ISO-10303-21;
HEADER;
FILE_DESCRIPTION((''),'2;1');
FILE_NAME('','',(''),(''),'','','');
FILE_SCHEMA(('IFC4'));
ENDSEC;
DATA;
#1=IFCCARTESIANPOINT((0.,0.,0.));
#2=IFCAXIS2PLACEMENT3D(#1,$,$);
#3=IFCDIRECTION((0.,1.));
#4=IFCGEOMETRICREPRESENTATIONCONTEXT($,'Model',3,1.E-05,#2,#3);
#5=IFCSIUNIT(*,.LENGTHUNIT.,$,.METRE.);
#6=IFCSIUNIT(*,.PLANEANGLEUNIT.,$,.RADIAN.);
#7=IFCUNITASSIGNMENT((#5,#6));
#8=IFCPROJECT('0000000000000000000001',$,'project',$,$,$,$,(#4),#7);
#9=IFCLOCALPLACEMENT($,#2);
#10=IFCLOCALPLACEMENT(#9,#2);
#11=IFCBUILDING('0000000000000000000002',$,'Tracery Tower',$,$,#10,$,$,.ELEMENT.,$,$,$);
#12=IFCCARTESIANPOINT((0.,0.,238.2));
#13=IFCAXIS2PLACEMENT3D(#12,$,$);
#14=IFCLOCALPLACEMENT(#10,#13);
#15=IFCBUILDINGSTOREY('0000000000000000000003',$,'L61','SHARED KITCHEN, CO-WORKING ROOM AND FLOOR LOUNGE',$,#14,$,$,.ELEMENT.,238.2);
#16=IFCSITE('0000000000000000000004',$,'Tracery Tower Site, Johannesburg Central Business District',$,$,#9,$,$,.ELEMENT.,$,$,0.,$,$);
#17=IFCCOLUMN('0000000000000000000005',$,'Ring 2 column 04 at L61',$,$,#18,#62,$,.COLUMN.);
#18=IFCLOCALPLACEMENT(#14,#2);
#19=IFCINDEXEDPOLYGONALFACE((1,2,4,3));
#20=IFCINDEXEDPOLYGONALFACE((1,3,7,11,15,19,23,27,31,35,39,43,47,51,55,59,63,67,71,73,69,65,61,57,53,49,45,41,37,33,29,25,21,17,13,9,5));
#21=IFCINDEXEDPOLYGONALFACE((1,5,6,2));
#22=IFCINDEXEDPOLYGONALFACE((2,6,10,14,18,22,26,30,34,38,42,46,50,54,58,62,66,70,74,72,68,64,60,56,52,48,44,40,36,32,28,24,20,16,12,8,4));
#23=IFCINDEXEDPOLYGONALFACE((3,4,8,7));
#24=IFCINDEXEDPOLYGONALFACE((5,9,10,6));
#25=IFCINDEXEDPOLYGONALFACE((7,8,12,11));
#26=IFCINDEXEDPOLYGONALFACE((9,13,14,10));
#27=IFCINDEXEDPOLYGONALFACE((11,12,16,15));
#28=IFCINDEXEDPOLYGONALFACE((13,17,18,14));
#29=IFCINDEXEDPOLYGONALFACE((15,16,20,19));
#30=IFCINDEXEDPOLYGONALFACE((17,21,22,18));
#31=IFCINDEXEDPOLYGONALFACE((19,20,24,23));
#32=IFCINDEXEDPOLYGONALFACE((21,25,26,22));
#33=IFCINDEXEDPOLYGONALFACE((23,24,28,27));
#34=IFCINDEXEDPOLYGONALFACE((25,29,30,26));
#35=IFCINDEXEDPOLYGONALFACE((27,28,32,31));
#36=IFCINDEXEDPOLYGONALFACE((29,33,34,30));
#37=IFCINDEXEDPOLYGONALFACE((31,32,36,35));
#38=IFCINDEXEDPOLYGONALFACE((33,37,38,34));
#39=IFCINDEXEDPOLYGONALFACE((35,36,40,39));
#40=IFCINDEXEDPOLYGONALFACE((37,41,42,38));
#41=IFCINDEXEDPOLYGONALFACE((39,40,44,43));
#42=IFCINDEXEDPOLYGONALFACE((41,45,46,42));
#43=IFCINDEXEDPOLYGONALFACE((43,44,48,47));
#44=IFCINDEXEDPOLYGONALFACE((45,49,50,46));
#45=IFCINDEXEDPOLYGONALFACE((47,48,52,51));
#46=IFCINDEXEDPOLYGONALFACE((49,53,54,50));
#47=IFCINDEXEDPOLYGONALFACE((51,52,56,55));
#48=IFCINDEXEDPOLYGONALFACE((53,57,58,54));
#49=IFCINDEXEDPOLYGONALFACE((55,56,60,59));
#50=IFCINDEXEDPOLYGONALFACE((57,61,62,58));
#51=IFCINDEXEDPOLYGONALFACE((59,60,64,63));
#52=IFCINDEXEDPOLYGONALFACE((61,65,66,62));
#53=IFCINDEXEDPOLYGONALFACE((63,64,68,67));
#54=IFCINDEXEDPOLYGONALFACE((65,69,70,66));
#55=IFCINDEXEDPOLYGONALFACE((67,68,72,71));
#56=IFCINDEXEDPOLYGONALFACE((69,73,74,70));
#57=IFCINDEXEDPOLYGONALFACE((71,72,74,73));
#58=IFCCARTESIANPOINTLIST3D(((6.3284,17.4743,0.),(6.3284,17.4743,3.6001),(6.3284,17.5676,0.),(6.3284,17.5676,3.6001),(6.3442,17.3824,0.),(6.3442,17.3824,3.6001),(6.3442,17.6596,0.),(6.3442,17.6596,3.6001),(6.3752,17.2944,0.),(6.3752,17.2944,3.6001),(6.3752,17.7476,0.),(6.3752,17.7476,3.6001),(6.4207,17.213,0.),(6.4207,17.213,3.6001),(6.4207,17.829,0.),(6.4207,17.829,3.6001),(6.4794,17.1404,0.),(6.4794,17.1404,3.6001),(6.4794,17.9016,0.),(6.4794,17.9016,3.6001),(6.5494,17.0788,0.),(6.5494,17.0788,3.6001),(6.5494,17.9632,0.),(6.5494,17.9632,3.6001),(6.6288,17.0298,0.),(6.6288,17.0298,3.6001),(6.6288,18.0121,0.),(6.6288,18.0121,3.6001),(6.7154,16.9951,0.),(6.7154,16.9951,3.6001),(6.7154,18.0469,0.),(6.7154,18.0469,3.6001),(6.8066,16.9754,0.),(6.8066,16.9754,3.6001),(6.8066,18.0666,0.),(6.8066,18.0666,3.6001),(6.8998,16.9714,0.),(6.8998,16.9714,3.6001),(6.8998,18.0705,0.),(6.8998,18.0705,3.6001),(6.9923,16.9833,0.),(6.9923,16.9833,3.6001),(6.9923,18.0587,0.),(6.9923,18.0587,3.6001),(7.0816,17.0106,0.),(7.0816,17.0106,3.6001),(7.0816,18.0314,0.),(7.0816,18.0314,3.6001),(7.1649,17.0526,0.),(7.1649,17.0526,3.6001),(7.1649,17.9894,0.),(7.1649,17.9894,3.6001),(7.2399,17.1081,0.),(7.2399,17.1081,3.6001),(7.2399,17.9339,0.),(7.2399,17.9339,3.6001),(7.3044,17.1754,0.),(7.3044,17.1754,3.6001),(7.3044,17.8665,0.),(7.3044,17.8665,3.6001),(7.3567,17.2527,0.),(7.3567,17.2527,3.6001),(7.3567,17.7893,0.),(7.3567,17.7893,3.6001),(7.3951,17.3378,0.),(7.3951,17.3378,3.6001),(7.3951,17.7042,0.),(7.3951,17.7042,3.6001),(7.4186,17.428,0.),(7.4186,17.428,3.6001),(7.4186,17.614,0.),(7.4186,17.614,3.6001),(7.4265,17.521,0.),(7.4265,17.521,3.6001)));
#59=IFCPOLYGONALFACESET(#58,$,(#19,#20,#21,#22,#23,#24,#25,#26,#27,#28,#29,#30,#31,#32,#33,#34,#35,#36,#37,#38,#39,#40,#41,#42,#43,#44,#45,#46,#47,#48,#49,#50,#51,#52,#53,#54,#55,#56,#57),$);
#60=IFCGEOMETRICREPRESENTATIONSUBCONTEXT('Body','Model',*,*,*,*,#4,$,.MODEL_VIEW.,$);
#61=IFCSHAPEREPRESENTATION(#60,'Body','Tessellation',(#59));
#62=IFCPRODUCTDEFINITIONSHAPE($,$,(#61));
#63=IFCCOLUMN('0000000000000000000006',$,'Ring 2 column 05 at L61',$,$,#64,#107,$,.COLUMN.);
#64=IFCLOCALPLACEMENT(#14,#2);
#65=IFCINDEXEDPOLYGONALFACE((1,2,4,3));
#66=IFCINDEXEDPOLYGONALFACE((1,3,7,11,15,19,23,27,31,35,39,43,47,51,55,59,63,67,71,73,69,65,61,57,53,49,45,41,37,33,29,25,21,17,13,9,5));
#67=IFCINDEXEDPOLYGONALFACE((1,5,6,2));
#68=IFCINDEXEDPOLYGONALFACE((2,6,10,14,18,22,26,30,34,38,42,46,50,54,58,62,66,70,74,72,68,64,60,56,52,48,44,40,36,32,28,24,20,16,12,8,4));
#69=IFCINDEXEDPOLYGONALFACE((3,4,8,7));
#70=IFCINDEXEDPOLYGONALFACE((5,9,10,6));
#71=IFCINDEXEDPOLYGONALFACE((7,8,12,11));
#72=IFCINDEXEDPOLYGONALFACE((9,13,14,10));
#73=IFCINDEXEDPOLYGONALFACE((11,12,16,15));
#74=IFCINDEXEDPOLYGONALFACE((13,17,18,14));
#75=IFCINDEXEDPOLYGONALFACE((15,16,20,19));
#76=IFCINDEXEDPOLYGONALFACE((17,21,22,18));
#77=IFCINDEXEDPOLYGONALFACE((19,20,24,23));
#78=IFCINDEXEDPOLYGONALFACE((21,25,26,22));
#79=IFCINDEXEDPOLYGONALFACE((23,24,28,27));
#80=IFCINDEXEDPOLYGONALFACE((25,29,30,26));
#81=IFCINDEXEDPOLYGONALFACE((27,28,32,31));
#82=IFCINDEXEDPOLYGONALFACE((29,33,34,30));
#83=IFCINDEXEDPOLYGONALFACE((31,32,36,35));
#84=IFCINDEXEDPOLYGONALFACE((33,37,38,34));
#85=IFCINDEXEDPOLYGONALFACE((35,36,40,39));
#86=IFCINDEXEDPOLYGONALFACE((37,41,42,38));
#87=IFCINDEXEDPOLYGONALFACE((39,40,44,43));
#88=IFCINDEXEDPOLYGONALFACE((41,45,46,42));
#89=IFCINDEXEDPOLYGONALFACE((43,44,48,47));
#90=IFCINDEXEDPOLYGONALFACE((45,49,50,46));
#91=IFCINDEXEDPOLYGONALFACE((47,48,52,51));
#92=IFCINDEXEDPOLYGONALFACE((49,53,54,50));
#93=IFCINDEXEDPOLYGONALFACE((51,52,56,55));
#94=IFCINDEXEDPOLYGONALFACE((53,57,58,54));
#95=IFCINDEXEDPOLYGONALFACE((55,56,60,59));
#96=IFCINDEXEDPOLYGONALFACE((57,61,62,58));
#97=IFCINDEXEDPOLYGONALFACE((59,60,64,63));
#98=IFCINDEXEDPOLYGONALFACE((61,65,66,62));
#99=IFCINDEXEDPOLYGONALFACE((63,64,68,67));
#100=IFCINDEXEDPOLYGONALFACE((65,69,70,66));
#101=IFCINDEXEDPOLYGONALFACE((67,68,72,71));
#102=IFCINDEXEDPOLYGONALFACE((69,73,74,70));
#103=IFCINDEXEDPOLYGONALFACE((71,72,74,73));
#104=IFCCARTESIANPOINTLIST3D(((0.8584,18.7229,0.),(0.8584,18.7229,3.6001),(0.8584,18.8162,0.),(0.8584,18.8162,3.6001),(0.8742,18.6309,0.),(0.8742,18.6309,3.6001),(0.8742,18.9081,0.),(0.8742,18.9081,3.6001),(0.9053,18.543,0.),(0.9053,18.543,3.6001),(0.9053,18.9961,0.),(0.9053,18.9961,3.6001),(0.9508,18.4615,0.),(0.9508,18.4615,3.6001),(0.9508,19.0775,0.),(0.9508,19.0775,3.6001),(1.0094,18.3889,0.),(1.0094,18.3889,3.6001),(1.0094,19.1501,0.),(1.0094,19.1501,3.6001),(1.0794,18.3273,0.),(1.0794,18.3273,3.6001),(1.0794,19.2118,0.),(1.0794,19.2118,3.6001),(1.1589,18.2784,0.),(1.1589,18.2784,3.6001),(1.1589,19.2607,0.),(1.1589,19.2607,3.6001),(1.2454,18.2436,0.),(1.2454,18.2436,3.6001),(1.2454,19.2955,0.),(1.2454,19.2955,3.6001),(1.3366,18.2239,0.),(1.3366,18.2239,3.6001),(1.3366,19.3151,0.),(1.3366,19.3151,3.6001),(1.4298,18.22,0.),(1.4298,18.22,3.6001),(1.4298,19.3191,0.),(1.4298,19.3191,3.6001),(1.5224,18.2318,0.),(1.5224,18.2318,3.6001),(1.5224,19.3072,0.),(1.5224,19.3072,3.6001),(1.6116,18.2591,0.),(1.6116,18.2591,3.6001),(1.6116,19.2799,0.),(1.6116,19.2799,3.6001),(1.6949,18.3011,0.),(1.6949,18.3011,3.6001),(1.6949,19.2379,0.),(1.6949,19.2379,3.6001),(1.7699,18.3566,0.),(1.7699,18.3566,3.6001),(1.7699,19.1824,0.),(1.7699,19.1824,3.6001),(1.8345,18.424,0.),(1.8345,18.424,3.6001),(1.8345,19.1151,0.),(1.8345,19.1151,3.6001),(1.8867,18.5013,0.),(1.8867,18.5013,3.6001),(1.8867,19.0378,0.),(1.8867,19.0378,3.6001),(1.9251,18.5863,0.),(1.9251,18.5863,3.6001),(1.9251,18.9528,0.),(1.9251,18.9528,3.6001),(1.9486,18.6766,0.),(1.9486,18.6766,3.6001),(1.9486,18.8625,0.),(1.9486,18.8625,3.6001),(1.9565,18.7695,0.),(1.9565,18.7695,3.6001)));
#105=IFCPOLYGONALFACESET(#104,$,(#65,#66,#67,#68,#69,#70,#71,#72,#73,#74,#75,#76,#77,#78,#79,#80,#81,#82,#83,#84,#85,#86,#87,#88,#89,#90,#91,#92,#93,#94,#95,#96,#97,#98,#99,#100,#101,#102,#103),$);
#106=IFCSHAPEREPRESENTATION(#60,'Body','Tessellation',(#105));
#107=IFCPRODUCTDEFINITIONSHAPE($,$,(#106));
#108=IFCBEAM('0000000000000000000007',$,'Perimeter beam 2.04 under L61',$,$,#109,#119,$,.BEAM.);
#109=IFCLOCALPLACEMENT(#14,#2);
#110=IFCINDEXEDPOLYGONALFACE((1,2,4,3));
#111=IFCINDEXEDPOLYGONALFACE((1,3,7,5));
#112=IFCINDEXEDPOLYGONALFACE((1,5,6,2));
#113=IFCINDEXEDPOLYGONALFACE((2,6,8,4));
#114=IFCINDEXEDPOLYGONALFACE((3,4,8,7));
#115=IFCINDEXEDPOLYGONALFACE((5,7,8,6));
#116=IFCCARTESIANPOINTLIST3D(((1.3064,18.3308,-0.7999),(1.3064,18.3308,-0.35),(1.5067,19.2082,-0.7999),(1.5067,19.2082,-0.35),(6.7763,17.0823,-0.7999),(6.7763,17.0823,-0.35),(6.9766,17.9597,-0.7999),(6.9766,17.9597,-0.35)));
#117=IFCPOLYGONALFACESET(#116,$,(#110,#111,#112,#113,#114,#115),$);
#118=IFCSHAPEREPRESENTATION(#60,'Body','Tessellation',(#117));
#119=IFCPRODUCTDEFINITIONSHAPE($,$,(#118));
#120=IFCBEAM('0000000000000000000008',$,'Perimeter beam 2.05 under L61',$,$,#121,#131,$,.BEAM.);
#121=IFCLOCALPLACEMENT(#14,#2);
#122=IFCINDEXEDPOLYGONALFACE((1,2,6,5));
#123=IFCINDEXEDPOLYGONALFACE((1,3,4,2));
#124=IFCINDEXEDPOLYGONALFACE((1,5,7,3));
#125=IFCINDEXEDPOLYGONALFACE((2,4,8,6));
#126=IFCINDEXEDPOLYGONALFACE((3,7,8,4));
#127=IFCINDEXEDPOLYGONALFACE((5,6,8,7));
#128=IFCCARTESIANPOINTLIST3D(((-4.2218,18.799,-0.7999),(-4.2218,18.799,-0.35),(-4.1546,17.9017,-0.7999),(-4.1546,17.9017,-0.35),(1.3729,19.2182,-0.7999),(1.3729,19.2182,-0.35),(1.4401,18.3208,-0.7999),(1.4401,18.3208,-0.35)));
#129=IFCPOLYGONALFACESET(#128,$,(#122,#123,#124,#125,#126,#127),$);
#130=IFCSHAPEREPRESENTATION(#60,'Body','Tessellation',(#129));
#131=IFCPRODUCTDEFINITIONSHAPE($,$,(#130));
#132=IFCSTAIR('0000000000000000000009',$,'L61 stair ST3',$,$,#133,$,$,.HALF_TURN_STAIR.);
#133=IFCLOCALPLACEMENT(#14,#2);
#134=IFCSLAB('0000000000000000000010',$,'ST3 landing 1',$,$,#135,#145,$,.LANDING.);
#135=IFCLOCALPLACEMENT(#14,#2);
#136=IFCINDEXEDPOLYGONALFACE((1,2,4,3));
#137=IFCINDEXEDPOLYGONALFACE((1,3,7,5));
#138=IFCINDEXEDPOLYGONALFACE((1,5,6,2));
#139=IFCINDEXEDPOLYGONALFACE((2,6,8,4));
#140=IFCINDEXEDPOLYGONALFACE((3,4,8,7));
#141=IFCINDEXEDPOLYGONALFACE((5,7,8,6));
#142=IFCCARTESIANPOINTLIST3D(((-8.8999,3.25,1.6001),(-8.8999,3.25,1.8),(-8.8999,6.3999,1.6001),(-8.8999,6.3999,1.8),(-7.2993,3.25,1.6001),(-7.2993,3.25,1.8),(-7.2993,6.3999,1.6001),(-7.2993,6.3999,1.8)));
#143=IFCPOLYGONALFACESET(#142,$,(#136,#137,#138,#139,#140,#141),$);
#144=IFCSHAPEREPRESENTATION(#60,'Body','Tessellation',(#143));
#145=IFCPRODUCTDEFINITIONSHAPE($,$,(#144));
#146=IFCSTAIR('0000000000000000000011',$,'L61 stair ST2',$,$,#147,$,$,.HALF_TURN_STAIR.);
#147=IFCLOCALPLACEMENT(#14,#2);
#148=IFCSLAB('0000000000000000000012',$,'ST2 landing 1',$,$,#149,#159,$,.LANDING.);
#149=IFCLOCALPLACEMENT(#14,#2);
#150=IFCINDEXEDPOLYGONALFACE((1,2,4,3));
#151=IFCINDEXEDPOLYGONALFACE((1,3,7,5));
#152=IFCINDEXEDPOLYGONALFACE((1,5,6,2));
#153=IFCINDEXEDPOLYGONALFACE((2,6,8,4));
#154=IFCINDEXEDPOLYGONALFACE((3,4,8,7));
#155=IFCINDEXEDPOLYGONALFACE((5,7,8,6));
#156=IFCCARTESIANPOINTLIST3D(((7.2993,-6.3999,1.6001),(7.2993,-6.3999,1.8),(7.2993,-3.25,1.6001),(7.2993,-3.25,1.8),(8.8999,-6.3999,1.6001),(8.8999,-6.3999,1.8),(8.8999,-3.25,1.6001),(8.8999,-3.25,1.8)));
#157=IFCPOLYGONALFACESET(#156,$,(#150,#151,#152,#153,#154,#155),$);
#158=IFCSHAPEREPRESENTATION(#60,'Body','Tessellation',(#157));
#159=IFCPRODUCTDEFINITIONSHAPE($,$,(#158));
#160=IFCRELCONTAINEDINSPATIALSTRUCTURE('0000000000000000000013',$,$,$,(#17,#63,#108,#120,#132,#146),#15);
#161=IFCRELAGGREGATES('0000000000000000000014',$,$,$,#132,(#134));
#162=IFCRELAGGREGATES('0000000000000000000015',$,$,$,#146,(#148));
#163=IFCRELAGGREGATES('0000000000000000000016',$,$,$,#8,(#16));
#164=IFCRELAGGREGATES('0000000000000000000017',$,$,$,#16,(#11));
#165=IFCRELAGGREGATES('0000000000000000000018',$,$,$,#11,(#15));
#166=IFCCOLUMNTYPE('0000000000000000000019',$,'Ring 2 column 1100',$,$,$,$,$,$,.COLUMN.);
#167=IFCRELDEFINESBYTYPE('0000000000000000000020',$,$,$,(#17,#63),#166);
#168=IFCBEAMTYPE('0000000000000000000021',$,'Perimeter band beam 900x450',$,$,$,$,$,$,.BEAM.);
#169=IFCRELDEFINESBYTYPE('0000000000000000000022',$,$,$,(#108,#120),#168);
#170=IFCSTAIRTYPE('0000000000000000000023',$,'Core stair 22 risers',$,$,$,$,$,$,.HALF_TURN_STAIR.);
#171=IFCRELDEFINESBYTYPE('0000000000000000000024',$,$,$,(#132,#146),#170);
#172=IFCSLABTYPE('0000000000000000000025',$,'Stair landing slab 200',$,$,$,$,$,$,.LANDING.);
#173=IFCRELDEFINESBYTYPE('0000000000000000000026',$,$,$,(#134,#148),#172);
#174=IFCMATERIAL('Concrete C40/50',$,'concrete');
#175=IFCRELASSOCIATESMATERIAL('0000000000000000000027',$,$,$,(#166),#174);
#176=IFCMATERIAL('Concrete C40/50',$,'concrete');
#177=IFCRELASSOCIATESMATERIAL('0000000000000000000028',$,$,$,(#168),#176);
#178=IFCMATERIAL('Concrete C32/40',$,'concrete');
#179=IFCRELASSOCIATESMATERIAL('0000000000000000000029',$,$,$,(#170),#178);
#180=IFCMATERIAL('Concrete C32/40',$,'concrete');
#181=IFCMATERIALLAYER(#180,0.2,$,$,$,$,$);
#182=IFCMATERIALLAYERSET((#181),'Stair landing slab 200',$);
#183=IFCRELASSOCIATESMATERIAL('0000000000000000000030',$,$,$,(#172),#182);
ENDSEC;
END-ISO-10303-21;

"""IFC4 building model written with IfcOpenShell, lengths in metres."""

from ifc_helpers import new_model, si_unit, direction, frame, origin, origin_2d, place, context, subcontext, project, spatial, polyline, rectangle, circle, outline, extrude, material, layer, layer_set, material_profile, profile_set, type_object, element, aggregate, save


model = new_model("IFC4")

# Units and contexts
model_context = context("Model", 3, precision=1e-05, world=origin(), true_north=direction((0.0, 1.0)))
body_context = subcontext(model_context, "Body", "Model", "MODEL_VIEW")
ifc_project = project(units=[si_unit("LENGTHUNIT", "METRE"), si_unit("PLANEANGLEUNIT", "RADIAN")], contexts=[model_context])

# Site, building, storey
site_placement = place(None, origin())
site = spatial("IfcSite", under=ifc_project, at=site_placement, Name="Tracery Tower Site, Johannesburg Central Business District", CompositionType="ELEMENT", RefElevation=0.0)
building_placement = place(site_placement, origin())
building = spatial("IfcBuilding", under=site, at=building_placement, Name="Tracery Tower", CompositionType="ELEMENT")
storey_placement = place(building_placement, frame((0.0, 0.0, 238.2)))
storey = spatial("IfcBuildingStorey", under=building, at=storey_placement, Name="L61", Description="SHARED KITCHEN, CO-WORKING ROOM AND FLOOR LOUNGE", CompositionType="ELEMENT", Elevation=238.2)

# Columns
ifc_material_1 = material(Name="Concrete C40/50", Category="concrete")
ifc_material_profile_1 = material_profile(ifc_material_1, circle(Radius=0.55, at=origin_2d()), Name="RC D1100")
ifc_profile_set_1 = profile_set([ifc_material_profile_1], Name="Concrete C40/50")
column_type = type_object("IfcColumnType", Name="Ring 2 column 1100", PredefinedType="COLUMN", material=ifc_profile_set_1)
for number, where, z_axis, x_axis, name in (
    (1, (6.8765, 17.521, 0.0), (0.0, 0.0, 1.0), (1.0, 0.0, 0.0), "Ring 2 column 04 at L61"),
    (2, (1.4065, 18.7695, 0.0), (0.0, 0.0, 1.0), (1.0, 0.0, 0.0), "Ring 2 column 05 at L61"),
):
    element("IfcColumn", number, at=place(storey_placement, frame(where, z_axis=z_axis, x_axis=x_axis)), inside=storey, type_object=column_type, Name=name, PredefinedType="COLUMN", context=body_context, shape_type="SweptSolid", body=[
        extrude(circle(Radius=0.55, at=origin_2d()), origin(), (0.0, 0.0, 1.0), 3.6001),
    ])

# Beams
ifc_material_2 = material(Name="Concrete C40/50", Category="concrete")
ifc_material_profile_2 = material_profile(ifc_material_2, rectangle(XDim=0.8999, YDim=0.45, at=origin_2d()), Name="RC 900x450")
ifc_profile_set_2 = profile_set([ifc_material_profile_2], Name="Concrete C40/50")
beam_type = type_object("IfcBeamType", Name="Perimeter band beam 900x450", PredefinedType="BEAM", material=ifc_profile_set_2)
beam_1_placement = place(storey_placement, frame((6.8765, 17.521, -0.575), z_axis=(-0.974926, 0.222529, 0.0), x_axis=(-0.222529, -0.974926, 0.0)))
element("IfcBeam", 3, at=beam_1_placement, inside=storey, type_object=beam_type, Name="Perimeter beam 2.04 under L61", PredefinedType="BEAM", context=body_context, shape_type="SweptSolid", body=[
    extrude(rectangle(XDim=0.8999, YDim=0.45, at=origin_2d()), origin(), (0.0, 0.0, 1.0), 5.6106),
])
beam_2_placement = place(storey_placement, frame((1.4065, 18.7695, -0.575), z_axis=(-0.997205, -0.074716, 0.0), x_axis=(0.074716, -0.997205, 0.0)))
element("IfcBeam", 4, at=beam_2_placement, inside=storey, type_object=beam_type, Name="Perimeter beam 2.05 under L61", PredefinedType="BEAM", context=body_context, shape_type="SweptSolid", body=[
    extrude(rectangle(XDim=0.8999, YDim=0.45, at=origin_2d()), origin(), (0.0, 0.0, 1.0), 5.6104),
])

# Stairs, slabs
ifc_material_3 = material(Name="Concrete C32/40", Category="concrete")
stair_type = type_object("IfcStairType", Name="Core stair 22 risers", PredefinedType="HALF_TURN_STAIR", material=ifc_material_3)
stair_1_placement = place(storey_placement, origin())
stair_1 = element("IfcStair", 5, at=stair_1_placement, inside=storey, type_object=stair_type, Name="L61 stair ST3", PredefinedType="HALF_TURN_STAIR")
ifc_material_4 = material(Name="Concrete C32/40", Category="concrete")
ifc_layer_1 = layer(ifc_material_4, 0.2)
ifc_layer_set_1 = layer_set([ifc_layer_1], Name="Stair landing slab 200")
slab_type = type_object("IfcSlabType", Name="Stair landing slab 200", PredefinedType="LANDING", material=ifc_layer_set_1)
slab_1_placement = place(storey_placement, frame((0.0, 0.0, 1.6001)))
slab_1 = element("IfcSlab", 6, at=slab_1_placement, type_object=slab_type, Name="ST3 landing 1", PredefinedType="LANDING", context=body_context, shape_type="SweptSolid", body=[
    extrude(outline(polyline([(-7.2993, 6.3999), (-8.8999, 6.3999), (-8.8999, 3.25), (-7.2993, 3.25), (-7.2993, 6.3999)])), origin(), (0.0, 0.0, 1.0), 0.2),
])
aggregate(stair_1, [slab_1])
stair_2_placement = place(storey_placement, origin())
stair_2 = element("IfcStair", 7, at=stair_2_placement, inside=storey, type_object=stair_type, Name="L61 stair ST2", PredefinedType="HALF_TURN_STAIR")
slab_2_placement = place(storey_placement, frame((0.0, 0.0, 1.6001)))
slab_2 = element("IfcSlab", 8, at=slab_2_placement, type_object=slab_type, Name="ST2 landing 1", PredefinedType="LANDING", context=body_context, shape_type="SweptSolid", body=[
    extrude(outline(polyline([(7.2993, -6.3999), (8.8999, -6.3999), (8.8999, -3.25), (7.2993, -3.25), (7.2993, -6.3999)])), origin(), (0.0, 0.0, 1.0), 0.2),
])
aggregate(stair_2, [slab_2])

save(model, "model.ifc")
